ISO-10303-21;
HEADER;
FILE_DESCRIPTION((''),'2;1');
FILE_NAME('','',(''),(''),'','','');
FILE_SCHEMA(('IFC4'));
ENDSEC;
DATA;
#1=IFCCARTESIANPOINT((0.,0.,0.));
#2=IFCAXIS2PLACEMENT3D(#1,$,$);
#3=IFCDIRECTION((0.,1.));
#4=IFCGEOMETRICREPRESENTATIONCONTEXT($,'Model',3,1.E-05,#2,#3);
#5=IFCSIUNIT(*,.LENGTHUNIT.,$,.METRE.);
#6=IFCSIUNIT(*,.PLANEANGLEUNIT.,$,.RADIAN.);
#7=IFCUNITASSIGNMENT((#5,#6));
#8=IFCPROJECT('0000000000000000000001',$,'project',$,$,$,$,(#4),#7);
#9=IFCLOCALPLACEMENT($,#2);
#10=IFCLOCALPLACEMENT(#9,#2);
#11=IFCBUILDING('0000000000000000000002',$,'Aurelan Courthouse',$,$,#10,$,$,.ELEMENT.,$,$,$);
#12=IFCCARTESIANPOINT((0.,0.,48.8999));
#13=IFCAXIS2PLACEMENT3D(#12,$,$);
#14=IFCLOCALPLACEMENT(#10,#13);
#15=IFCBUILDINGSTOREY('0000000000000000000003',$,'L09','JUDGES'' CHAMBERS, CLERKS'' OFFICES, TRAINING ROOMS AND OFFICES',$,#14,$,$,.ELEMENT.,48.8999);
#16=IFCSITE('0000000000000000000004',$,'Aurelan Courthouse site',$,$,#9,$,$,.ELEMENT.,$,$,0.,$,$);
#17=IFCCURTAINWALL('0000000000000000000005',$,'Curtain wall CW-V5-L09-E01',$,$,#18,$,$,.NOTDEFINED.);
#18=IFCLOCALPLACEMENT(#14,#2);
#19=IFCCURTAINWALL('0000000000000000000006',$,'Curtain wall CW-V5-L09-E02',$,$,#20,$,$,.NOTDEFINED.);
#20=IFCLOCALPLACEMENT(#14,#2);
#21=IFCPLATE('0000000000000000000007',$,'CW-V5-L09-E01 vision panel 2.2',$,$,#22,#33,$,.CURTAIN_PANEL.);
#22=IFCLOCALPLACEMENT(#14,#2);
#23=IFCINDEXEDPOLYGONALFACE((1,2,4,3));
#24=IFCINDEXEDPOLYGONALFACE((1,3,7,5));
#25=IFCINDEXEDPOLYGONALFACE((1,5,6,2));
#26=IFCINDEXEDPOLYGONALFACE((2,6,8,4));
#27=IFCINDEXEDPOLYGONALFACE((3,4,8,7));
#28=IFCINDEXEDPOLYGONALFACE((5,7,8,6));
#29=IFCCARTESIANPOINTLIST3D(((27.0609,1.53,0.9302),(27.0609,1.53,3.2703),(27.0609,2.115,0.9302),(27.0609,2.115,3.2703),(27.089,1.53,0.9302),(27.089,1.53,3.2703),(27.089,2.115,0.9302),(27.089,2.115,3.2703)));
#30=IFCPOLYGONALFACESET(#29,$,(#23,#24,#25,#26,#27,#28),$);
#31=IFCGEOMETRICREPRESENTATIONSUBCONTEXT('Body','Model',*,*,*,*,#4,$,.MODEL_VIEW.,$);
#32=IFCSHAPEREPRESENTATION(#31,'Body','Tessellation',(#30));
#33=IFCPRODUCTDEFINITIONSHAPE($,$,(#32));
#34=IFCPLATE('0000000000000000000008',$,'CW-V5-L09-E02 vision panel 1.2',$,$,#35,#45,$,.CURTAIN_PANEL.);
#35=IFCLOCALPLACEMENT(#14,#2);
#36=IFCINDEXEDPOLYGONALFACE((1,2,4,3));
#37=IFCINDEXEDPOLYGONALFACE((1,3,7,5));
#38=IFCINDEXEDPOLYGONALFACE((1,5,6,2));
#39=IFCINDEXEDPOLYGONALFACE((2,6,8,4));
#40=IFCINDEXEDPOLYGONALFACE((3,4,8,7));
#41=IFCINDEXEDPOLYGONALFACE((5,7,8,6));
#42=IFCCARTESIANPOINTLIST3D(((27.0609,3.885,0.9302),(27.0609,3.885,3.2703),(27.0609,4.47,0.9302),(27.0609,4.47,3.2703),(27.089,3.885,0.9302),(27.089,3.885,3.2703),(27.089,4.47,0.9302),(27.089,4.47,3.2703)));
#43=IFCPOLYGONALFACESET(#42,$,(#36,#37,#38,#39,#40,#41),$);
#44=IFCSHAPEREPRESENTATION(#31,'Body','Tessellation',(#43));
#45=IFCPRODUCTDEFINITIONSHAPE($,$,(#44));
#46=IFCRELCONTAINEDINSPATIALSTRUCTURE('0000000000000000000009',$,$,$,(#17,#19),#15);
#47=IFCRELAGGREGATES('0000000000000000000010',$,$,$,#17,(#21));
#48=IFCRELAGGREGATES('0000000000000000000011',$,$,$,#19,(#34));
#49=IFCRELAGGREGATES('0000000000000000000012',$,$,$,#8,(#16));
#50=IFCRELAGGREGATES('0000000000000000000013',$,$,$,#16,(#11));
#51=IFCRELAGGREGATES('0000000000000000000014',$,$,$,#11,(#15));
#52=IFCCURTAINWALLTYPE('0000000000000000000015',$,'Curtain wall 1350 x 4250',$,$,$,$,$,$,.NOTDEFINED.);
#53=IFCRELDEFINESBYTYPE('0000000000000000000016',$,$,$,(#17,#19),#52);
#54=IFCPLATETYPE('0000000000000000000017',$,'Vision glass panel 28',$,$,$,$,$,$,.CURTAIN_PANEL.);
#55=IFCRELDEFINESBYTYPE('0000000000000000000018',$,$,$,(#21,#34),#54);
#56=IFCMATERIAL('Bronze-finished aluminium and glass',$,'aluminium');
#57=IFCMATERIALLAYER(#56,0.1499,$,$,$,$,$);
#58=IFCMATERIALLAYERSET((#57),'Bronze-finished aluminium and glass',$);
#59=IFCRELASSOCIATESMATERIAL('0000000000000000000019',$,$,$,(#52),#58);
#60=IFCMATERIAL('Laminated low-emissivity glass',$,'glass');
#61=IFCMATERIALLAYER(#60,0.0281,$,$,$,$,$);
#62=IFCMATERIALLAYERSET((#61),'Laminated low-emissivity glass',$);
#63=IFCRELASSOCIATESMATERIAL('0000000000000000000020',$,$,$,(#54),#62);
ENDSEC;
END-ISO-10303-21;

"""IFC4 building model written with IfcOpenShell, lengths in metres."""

from ifc_helpers import new_model, si_unit, direction, frame, origin, origin_2d, place, context, subcontext, project, spatial, rectangle, extrude, material, layer, layer_set, type_object, element, aggregate, save


model = new_model("IFC4")

# Units and contexts
model_context = context("Model", 3, precision=1e-05, world=origin(), true_north=direction((0.0, 1.0)))
body_context = subcontext(model_context, "Body", "Model", "MODEL_VIEW")
ifc_project = project(units=[si_unit("LENGTHUNIT", "METRE"), si_unit("PLANEANGLEUNIT", "RADIAN")], contexts=[model_context])

# Site, building, storey
site_placement = place(None, origin())
site = spatial("IfcSite", under=ifc_project, at=site_placement, Name="Aurelan Courthouse site", CompositionType="ELEMENT", RefElevation=0.0)
building_placement = place(site_placement, origin())
building = spatial("IfcBuilding", under=site, at=building_placement, Name="Aurelan Courthouse", CompositionType="ELEMENT")
storey_placement = place(building_placement, frame((0.0, 0.0, 48.8999)))
storey = spatial("IfcBuildingStorey", under=building, at=storey_placement, Name="L09", Description="JUDGES' CHAMBERS, CLERKS' OFFICES, TRAINING ROOMS AND OFFICES", CompositionType="ELEMENT", Elevation=48.8999)

# Curtain walls
ifc_material_1 = material(Name="Bronze-finished aluminium and glass", Category="aluminium")
ifc_layer_1 = layer(ifc_material_1, 0.1499)
ifc_layer_set_1 = layer_set([ifc_layer_1], Name="Bronze-finished aluminium and glass")
curtain_wall_type = type_object("IfcCurtainWallType", Name="Curtain wall 1350 x 4250", PredefinedType="NOTDEFINED", material=ifc_layer_set_1)
curtain_wall_1_placement = place(storey_placement, origin())
curtain_wall_1 = element("IfcCurtainWall", 1, at=curtain_wall_1_placement, inside=storey, type_object=curtain_wall_type, Name="Curtain wall CW-V5-L09-E01", PredefinedType="NOTDEFINED")
curtain_wall_2_placement = place(storey_placement, origin())
curtain_wall_2 = element("IfcCurtainWall", 2, at=curtain_wall_2_placement, inside=storey, type_object=curtain_wall_type, Name="Curtain wall CW-V5-L09-E02", PredefinedType="NOTDEFINED")

# Plates
ifc_material_2 = material(Name="Laminated low-emissivity glass", Category="glass")
ifc_layer_2 = layer(ifc_material_2, 0.0281)
ifc_layer_set_2 = layer_set([ifc_layer_2], Name="Laminated low-emissivity glass")
plate_type_1 = type_object("IfcPlateType", Name="Vision glass panel 28", PredefinedType="CURTAIN_PANEL", material=ifc_layer_set_2)
plate_1_placement = place(storey_placement, frame((27.075, 1.8225, 0.9302), z_axis=(0.0, 0.0, 1.0), x_axis=(0.0, 1.0, 0.0)))
plate_1 = element("IfcPlate", 3, at=plate_1_placement, type_object=plate_type_1, Name="CW-V5-L09-E01 vision panel 2.2", PredefinedType="CURTAIN_PANEL", context=body_context, shape_type="SweptSolid", body=[
    extrude(rectangle(XDim=0.585, YDim=0.0281, at=origin_2d()), origin(), (0.0, 0.0, 1.0), 2.3401),
])
aggregate(curtain_wall_1, [plate_1])
plate_2_placement = place(storey_placement, frame((27.075, 4.1775, 0.9302), z_axis=(0.0, 0.0, 1.0), x_axis=(0.0, 1.0, 0.0)))
plate_2 = element("IfcPlate", 4, at=plate_2_placement, type_object=plate_type_1, Name="CW-V5-L09-E02 vision panel 1.2", PredefinedType="CURTAIN_PANEL", context=body_context, shape_type="SweptSolid", body=[
    extrude(rectangle(XDim=0.585, YDim=0.0281, at=origin_2d()), origin(), (0.0, 0.0, 1.0), 2.3401),
])
aggregate(curtain_wall_2, [plate_2])

save(model, "model.ifc")
